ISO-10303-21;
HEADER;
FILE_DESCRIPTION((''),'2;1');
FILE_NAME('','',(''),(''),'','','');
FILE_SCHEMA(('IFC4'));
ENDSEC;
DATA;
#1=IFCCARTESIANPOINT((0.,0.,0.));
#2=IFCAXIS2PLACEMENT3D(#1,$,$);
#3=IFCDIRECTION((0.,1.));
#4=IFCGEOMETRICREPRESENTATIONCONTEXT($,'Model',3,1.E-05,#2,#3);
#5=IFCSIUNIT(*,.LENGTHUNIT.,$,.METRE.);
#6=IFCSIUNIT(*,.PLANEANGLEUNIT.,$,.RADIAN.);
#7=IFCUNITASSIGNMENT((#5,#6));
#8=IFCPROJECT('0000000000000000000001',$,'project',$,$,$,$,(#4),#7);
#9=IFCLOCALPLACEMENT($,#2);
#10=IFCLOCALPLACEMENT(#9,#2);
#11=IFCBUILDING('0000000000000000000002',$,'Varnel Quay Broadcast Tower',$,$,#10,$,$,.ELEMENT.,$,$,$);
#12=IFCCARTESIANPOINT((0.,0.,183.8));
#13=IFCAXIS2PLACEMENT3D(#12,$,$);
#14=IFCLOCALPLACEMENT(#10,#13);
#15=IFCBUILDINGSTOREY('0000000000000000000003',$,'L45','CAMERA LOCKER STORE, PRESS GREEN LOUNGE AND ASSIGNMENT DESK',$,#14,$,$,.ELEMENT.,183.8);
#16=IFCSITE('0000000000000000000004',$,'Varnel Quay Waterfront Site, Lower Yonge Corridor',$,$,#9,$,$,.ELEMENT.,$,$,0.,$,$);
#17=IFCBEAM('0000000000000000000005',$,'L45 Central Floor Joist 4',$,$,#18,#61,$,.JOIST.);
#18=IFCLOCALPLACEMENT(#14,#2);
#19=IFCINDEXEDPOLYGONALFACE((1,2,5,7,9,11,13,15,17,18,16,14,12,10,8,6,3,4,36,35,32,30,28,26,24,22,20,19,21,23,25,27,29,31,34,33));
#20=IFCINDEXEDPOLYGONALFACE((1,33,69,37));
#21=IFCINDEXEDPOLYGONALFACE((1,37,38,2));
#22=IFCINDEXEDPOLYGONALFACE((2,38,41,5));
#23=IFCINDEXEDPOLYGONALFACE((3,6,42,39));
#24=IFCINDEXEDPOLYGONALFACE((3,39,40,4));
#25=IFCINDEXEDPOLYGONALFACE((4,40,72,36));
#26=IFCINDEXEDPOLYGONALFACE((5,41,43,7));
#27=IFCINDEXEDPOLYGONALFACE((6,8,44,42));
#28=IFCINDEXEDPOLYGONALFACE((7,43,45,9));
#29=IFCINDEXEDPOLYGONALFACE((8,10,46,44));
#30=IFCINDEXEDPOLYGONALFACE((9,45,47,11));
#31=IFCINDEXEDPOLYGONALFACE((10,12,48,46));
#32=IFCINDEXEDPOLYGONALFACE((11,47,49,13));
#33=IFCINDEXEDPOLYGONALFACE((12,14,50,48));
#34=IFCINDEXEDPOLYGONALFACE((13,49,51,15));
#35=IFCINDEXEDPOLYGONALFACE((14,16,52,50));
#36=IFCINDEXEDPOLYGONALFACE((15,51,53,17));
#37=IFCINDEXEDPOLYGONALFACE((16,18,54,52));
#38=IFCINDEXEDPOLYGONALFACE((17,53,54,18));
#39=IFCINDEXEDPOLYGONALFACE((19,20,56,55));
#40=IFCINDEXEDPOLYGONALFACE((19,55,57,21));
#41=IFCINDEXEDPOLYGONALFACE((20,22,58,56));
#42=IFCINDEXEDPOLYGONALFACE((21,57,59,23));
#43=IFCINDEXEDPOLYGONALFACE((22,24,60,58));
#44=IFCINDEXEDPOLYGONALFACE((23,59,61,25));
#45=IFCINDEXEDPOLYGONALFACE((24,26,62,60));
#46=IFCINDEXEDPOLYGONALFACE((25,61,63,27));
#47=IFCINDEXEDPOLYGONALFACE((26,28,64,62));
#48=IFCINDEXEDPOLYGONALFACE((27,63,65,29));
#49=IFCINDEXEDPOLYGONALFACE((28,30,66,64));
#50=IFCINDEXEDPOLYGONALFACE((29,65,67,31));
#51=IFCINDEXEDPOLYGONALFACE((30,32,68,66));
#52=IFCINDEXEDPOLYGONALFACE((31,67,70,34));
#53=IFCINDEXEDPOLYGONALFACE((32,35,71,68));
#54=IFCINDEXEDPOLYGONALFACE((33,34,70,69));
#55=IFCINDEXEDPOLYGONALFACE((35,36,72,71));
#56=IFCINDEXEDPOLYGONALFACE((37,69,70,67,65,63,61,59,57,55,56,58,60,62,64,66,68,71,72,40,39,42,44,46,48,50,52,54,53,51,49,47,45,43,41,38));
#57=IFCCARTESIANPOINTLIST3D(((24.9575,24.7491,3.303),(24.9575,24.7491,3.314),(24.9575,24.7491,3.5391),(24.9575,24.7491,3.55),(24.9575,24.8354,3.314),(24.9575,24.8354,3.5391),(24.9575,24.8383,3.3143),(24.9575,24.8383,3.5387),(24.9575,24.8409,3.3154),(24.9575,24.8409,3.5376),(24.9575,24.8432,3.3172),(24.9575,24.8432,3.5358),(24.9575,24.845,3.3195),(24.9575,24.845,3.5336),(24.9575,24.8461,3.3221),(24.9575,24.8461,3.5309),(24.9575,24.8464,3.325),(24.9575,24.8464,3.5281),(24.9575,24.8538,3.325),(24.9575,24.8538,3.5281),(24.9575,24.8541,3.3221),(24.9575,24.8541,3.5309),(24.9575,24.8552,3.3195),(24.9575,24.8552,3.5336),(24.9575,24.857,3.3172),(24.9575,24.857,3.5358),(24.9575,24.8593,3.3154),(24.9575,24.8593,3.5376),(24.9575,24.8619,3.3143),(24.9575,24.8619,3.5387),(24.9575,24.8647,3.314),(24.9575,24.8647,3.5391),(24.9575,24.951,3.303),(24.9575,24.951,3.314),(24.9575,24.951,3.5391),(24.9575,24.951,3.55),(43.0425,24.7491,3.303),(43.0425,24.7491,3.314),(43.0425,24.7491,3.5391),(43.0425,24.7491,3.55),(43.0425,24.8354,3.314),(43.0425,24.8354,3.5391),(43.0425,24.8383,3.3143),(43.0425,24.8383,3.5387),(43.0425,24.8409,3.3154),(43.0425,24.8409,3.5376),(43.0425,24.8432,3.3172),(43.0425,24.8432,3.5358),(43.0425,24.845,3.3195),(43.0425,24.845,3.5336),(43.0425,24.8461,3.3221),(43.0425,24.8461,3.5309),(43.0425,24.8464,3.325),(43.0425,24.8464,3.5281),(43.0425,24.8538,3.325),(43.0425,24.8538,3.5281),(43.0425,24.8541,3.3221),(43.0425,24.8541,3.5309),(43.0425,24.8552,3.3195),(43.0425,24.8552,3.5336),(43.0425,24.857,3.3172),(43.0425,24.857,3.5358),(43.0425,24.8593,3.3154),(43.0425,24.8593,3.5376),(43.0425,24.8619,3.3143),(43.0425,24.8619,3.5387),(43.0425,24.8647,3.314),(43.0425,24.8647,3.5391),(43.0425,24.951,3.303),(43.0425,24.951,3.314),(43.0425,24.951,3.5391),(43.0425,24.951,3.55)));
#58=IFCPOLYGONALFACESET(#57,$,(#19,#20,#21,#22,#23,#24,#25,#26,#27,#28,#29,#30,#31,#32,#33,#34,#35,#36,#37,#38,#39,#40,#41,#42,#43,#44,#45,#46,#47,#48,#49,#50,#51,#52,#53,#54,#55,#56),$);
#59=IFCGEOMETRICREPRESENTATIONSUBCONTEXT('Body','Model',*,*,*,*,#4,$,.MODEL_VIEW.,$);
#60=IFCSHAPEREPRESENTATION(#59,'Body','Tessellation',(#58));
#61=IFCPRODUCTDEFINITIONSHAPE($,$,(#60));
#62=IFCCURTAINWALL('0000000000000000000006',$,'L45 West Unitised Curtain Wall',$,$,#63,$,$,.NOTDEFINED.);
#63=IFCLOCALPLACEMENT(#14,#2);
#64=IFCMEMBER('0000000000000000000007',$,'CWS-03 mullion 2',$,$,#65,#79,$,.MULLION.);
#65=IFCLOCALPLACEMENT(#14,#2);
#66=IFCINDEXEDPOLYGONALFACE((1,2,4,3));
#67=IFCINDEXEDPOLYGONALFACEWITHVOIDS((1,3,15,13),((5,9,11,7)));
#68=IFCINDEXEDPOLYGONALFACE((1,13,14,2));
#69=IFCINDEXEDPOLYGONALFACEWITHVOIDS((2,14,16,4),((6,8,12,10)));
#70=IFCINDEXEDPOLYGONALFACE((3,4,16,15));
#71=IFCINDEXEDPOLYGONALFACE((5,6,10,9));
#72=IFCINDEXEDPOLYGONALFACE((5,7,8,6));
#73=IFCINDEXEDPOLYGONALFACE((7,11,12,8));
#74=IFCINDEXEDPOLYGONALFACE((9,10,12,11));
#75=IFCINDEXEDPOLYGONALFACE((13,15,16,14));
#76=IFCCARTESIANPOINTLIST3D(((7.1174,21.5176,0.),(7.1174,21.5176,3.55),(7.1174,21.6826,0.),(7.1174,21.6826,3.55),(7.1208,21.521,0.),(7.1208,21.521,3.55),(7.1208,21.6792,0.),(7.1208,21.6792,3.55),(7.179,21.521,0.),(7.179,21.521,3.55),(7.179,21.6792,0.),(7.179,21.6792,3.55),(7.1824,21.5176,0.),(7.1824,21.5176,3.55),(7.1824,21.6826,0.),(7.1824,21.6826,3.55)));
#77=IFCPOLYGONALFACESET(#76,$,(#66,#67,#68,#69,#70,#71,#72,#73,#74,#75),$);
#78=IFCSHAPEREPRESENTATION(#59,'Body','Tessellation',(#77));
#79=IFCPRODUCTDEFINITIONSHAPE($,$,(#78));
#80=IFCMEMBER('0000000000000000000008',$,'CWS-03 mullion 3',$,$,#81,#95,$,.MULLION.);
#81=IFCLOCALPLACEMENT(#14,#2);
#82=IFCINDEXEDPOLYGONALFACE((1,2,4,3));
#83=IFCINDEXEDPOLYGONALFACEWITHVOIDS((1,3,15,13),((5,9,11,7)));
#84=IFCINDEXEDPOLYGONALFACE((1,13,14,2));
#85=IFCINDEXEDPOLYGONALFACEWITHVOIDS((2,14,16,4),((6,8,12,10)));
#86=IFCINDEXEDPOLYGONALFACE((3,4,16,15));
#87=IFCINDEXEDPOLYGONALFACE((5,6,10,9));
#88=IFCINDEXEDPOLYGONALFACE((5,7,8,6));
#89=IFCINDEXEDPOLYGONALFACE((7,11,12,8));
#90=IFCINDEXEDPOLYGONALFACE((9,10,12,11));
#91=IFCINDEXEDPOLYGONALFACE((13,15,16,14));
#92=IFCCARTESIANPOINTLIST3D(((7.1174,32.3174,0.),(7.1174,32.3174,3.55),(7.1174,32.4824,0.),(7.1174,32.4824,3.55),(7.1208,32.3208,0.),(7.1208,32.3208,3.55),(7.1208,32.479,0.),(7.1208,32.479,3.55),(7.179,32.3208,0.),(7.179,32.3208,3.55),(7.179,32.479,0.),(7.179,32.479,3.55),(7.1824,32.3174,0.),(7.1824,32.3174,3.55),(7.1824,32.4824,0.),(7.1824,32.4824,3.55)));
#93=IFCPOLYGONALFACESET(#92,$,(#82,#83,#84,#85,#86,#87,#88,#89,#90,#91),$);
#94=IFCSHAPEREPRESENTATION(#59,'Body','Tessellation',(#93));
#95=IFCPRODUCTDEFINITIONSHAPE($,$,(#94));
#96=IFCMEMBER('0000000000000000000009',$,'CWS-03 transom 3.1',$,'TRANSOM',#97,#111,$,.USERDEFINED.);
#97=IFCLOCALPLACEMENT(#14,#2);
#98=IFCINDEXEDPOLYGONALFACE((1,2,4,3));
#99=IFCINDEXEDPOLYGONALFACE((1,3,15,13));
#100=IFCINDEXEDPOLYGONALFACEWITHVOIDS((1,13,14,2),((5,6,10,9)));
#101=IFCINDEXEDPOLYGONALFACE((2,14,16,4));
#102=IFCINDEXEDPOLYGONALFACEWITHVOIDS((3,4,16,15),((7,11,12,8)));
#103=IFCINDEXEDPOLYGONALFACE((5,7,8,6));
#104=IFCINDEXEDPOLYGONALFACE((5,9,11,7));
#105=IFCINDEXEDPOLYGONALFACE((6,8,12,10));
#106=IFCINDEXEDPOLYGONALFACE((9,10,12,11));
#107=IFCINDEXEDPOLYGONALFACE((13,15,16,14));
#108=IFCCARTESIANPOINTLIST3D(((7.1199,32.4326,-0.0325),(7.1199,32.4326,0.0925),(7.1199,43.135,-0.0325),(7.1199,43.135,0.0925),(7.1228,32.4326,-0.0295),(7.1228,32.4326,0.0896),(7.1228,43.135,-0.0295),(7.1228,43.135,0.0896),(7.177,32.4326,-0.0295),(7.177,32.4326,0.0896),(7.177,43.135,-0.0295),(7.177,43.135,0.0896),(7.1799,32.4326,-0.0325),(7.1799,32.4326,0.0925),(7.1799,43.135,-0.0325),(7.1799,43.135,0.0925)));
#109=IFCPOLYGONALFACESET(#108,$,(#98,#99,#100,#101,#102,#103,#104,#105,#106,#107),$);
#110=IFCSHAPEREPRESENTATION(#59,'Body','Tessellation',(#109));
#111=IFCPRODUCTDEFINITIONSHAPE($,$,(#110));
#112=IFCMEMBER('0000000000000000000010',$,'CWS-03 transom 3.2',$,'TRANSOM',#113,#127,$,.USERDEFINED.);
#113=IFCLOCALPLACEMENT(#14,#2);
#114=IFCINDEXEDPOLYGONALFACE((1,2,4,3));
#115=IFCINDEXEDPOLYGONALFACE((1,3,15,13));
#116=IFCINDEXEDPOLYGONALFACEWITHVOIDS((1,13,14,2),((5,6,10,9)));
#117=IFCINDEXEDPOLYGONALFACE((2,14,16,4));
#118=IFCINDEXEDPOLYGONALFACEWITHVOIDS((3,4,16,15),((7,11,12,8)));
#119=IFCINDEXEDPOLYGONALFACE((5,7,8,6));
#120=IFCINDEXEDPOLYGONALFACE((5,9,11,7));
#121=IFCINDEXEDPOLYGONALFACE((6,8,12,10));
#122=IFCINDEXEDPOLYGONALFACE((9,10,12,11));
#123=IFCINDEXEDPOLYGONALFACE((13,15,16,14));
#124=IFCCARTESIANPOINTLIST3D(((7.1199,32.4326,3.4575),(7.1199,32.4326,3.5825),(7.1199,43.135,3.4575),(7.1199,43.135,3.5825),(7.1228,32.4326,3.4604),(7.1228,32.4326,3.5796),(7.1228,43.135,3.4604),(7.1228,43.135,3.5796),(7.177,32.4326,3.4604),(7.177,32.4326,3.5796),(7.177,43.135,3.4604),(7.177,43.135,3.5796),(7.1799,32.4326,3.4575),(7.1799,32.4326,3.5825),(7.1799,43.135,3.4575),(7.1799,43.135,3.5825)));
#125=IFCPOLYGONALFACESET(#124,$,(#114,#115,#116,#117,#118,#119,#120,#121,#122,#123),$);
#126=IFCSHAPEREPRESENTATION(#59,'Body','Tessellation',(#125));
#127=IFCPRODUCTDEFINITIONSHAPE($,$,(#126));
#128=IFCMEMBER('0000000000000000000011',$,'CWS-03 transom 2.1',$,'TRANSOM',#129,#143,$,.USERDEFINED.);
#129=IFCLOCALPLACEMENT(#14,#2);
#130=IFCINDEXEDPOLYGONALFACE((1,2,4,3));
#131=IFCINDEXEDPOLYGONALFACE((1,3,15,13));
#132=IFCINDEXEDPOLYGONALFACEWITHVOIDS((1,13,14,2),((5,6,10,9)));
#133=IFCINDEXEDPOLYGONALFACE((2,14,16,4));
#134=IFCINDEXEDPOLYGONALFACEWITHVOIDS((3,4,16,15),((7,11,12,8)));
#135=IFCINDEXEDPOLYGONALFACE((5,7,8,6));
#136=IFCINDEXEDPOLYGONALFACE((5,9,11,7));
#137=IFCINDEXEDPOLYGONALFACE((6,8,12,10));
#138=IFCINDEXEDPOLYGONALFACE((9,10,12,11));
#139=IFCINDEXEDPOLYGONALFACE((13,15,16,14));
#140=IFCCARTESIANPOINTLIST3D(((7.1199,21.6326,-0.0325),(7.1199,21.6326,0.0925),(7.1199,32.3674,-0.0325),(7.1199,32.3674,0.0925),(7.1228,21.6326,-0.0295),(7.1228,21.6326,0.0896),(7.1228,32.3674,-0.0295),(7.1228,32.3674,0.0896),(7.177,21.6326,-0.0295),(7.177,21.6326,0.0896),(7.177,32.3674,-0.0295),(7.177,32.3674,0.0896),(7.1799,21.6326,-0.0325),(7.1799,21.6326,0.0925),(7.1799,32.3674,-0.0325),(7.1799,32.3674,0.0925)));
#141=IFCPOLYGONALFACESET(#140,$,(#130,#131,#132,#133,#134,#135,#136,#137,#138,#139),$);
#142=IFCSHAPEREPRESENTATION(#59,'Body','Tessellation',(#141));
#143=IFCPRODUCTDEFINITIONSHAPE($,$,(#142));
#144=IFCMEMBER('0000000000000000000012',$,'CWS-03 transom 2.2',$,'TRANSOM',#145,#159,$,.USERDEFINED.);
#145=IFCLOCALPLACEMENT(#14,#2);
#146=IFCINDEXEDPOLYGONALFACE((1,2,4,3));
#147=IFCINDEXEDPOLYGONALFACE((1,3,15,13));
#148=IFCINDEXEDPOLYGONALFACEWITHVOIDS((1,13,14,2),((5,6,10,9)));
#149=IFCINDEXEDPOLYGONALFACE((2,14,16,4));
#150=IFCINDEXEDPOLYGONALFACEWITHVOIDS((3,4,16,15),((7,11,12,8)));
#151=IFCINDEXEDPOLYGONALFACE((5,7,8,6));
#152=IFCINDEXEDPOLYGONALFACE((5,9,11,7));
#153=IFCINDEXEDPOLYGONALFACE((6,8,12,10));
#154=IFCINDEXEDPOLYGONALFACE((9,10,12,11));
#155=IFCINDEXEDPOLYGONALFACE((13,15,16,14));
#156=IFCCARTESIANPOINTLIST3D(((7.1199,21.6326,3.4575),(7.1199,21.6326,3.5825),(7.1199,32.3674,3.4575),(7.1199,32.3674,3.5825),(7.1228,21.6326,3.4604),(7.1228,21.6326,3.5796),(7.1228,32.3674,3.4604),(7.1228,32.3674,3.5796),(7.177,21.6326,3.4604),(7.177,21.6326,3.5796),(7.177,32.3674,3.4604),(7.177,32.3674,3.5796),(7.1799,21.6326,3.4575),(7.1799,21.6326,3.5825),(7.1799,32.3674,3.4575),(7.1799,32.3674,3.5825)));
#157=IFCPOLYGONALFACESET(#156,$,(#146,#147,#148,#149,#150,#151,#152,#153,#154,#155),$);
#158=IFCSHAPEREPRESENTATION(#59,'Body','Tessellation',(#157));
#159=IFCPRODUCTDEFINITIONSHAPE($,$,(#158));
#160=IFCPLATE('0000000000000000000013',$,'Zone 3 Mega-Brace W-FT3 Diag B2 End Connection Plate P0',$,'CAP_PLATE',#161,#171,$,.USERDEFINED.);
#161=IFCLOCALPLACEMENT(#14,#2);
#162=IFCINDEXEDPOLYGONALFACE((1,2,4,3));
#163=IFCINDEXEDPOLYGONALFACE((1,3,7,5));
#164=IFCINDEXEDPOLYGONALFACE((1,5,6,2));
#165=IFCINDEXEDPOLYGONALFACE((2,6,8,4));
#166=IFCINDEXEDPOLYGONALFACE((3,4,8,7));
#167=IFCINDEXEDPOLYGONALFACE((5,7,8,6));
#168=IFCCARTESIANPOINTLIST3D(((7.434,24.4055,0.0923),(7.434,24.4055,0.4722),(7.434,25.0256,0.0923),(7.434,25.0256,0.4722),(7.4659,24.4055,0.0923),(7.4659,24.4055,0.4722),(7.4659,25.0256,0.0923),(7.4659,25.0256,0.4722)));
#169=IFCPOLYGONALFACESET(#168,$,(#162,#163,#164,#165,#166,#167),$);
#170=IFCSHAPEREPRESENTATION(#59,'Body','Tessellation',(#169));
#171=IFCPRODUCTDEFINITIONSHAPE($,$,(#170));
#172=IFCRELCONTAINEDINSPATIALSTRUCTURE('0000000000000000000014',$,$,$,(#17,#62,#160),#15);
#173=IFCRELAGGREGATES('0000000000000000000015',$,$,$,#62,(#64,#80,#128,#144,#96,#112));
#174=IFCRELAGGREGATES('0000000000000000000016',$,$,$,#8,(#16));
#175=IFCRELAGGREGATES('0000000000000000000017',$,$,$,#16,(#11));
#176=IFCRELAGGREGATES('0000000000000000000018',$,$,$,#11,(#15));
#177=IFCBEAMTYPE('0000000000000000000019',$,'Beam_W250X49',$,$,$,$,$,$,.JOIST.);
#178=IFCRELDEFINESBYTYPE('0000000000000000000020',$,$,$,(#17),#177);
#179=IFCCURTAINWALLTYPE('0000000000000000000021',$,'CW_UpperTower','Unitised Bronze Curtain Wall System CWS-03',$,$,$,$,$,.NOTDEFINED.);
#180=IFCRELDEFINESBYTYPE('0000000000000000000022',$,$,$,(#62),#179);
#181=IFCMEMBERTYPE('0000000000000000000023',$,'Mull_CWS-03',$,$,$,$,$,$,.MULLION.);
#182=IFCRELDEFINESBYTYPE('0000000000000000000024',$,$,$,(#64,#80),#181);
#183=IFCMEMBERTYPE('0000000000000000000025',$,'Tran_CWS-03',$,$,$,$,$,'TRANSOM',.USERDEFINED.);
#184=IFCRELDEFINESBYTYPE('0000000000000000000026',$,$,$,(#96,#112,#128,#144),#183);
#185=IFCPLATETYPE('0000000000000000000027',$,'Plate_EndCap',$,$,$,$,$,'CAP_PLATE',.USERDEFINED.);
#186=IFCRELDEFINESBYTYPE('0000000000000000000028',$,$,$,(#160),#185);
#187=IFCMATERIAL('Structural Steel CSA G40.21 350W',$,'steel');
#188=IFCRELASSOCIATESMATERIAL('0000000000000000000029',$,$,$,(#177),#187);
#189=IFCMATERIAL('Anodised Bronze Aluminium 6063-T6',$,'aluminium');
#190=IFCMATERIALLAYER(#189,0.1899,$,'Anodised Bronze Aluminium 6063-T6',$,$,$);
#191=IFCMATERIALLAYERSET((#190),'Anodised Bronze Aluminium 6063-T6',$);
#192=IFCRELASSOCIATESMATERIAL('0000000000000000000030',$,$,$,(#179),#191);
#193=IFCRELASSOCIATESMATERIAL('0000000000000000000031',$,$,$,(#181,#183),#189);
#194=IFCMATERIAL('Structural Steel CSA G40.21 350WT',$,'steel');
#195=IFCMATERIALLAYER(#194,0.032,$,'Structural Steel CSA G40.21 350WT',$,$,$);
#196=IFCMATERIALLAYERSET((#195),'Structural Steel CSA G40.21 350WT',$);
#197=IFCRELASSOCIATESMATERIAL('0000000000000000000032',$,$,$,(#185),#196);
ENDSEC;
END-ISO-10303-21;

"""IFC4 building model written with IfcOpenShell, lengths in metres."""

from ifc_helpers import new_model, si_unit, direction, frame, origin, origin_2d, place, context, subcontext, project, spatial, rectangle, hollow_rectangle, i_section, extrude, source, transform, mapped, material, layer, layer_set, material_profile, profile_set, type_object, type_shapes, element, aggregate, save


model = new_model("IFC4")

# Units and contexts
model_context = context("Model", 3, precision=1e-05, world=origin(), true_north=direction((0.0, 1.0)))
body_context = subcontext(model_context, "Body", "Model", "MODEL_VIEW")
ifc_project = project(units=[si_unit("LENGTHUNIT", "METRE"), si_unit("PLANEANGLEUNIT", "RADIAN")], contexts=[model_context])

# Site, building, storey
site_placement = place(None, origin())
site = spatial("IfcSite", under=ifc_project, at=site_placement, Name="Varnel Quay Waterfront Site, Lower Yonge Corridor", CompositionType="ELEMENT", RefElevation=0.0)
building_placement = place(site_placement, origin())
building = spatial("IfcBuilding", under=site, at=building_placement, Name="Varnel Quay Broadcast Tower", CompositionType="ELEMENT")
storey_placement = place(building_placement, frame((0.0, 0.0, 183.8)))
storey = spatial("IfcBuildingStorey", under=building, at=storey_placement, Name="L45", Description="CAMERA LOCKER STORE, PRESS GREEN LOUNGE AND ASSIGNMENT DESK", CompositionType="ELEMENT", Elevation=183.8)

# Shared definitions
ifc_material_1 = material(Name="Structural Steel CSA G40.21 350WT", Category="steel")
ifc_material_2 = material(Name="Structural Steel CSA G40.21 350W", Category="steel")

# Beam
ifc_material_profile_1 = material_profile(ifc_material_2, i_section(OverallWidth=0.2019, OverallDepth=0.2471, WebThickness=0.0073, FlangeThickness=0.011, FilletRadius=0.011, at=origin_2d()), Name="W250X49")
ifc_profile_set_1 = profile_set([ifc_material_profile_1], Name="Structural Steel CSA G40.21 350W")
beam_type_1 = type_object("IfcBeamType", Name="Beam_W250X49", PredefinedType="JOIST", material=ifc_profile_set_1)
shared_shape_1 = source(origin(), body_context, "Body", "SweptSolid", [
    extrude(i_section(OverallWidth=0.2019, OverallDepth=0.2471, WebThickness=0.0073, FlangeThickness=0.011, FilletRadius=0.011, at=origin_2d()), origin(), (0.0, 0.0, 1.0), 18.085),
])
for number, where, z_axis, x_axis, name in (
    (1, (24.9575, 24.8501, 3.4265), (1.0, 0.0, 0.0), (0.0, 1.0, 0.0), "L45 Central Floor Joist 4"),
):
    element("IfcBeam", number, at=place(storey_placement, frame(where, z_axis=z_axis, x_axis=x_axis)), inside=storey, type_object=beam_type_1, Name=name, PredefinedType="JOIST", context=body_context, shape_type="MappedRepresentation", body=[
        mapped(shared_shape_1, transform((0.0, 0.0, 0.0), x_axis=(1.0, 0.0, 0.0), y_axis=(0.0, 1.0, 0.0), z_axis=(0.0, 0.0, 1.0), scale=1.0)),
    ])

# Curtain wall, members
ifc_material_3 = material(Name="Anodised Bronze Aluminium 6063-T6", Category="aluminium")
ifc_layer_1 = layer(ifc_material_3, 0.1899, Name="Anodised Bronze Aluminium 6063-T6")
ifc_layer_set_1 = layer_set([ifc_layer_1], Name="Anodised Bronze Aluminium 6063-T6")
curtain_wall_type = type_object("IfcCurtainWallType", Name="CW_UpperTower", Description="Unitised Bronze Curtain Wall System CWS-03", PredefinedType="NOTDEFINED", material=ifc_layer_set_1)
curtain_wall_placement = place(storey_placement, origin())
curtain_wall = element("IfcCurtainWall", 2, at=curtain_wall_placement, inside=storey, type_object=curtain_wall_type, Name="L45 West Unitised Curtain Wall", PredefinedType="NOTDEFINED")
ifc_material_profile_2 = material_profile(ifc_material_3, hollow_rectangle(XDim=0.0649, YDim=0.165, WallThickness=0.0034, at=origin_2d()), Name="ALU65X165X3.5")
ifc_profile_set_2 = profile_set([ifc_material_profile_2], Name="Anodised Bronze Aluminium 6063-T6")
member_type_1 = type_object("IfcMemberType", Name="Mull_CWS-03", PredefinedType="MULLION", material=ifc_profile_set_2)
shared_shape_2 = source(origin(), body_context, "Body", "SweptSolid", [
    extrude(hollow_rectangle(XDim=0.0649, YDim=0.165, WallThickness=0.0034, at=origin_2d()), origin(), (0.0, 0.0, 1.0), 3.55),
])
type_shapes(member_type_1, [shared_shape_2])
member_1_placement = place(storey_placement, frame((7.1499, 21.6001, 0.0), z_axis=(0.0, 0.0, 1.0), x_axis=(-1.0, 0.0, 0.0)))
member_1 = element("IfcMember", 3, at=member_1_placement, type_object=member_type_1, Name="CWS-03 mullion 2", PredefinedType="MULLION", context=body_context, shape_type="MappedRepresentation", body=[
    mapped(shared_shape_2, transform((0.0, 0.0, 0.0), x_axis=(1.0, 0.0, 0.0), y_axis=(0.0, 1.0, 0.0), z_axis=(0.0, 0.0, 1.0), scale=1.0)),
])
member_2_placement = place(storey_placement, frame((7.1499, 32.3999, 0.0), z_axis=(0.0, 0.0, 1.0), x_axis=(-1.0, 0.0, 0.0)))
member_2 = element("IfcMember", 4, at=member_2_placement, type_object=member_type_1, Name="CWS-03 mullion 3", PredefinedType="MULLION", context=body_context, shape_type="MappedRepresentation", body=[
    mapped(shared_shape_2, transform((0.0, 0.0, 0.0), x_axis=(1.0, 0.0, 0.0), y_axis=(0.0, 1.0, 0.0), z_axis=(0.0, 0.0, 1.0), scale=1.0)),
])
ifc_material_profile_3 = material_profile(ifc_material_3, hollow_rectangle(XDim=0.0601, YDim=0.125, WallThickness=0.0029, at=origin_2d()), Name="ALU60X125X3")
ifc_profile_set_3 = profile_set([ifc_material_profile_3], Name="Anodised Bronze Aluminium 6063-T6")
member_type_2 = type_object("IfcMemberType", Name="Tran_CWS-03", ElementType="TRANSOM", PredefinedType="USERDEFINED", material=ifc_profile_set_3)
shared_shape_3 = source(origin(), body_context, "Body", "SweptSolid", [
    extrude(hollow_rectangle(XDim=0.0601, YDim=0.125, WallThickness=0.0029, at=origin_2d()), origin(), (0.0, 0.0, 1.0), 10.7024),
])
member_3_placement = place(storey_placement, frame((7.1499, 32.4326, 0.03), z_axis=(0.0, 1.0, 0.0), x_axis=(-1.0, 0.0, 0.0)))
member_3 = element("IfcMember", 5, at=member_3_placement, type_object=member_type_2, Name="CWS-03 transom 3.1", ObjectType="TRANSOM", PredefinedType="USERDEFINED", context=body_context, shape_type="MappedRepresentation", body=[
    mapped(shared_shape_3, transform((0.0, 0.0, 0.0), x_axis=(1.0, 0.0, 0.0), y_axis=(0.0, 1.0, 0.0), z_axis=(0.0, 0.0, 1.0), scale=1.0)),
])
member_4_placement = place(storey_placement, frame((7.1499, 32.4326, 3.52), z_axis=(0.0, 1.0, 0.0), x_axis=(-1.0, 0.0, 0.0)))
member_4 = element("IfcMember", 6, at=member_4_placement, type_object=member_type_2, Name="CWS-03 transom 3.2", ObjectType="TRANSOM", PredefinedType="USERDEFINED", context=body_context, shape_type="MappedRepresentation", body=[
    mapped(shared_shape_3, transform((0.0, 0.0, 0.0), x_axis=(1.0, 0.0, 0.0), y_axis=(0.0, 1.0, 0.0), z_axis=(0.0, 0.0, 1.0), scale=1.0)),
])
shared_shape_4 = source(origin(), body_context, "Body", "SweptSolid", [
    extrude(hollow_rectangle(XDim=0.0601, YDim=0.125, WallThickness=0.0029, at=origin_2d()), origin(), (0.0, 0.0, 1.0), 10.7349),
])
type_shapes(member_type_2, [shared_shape_3, shared_shape_4])
member_5_placement = place(storey_placement, frame((7.1499, 21.6326, 0.03), z_axis=(0.0, 1.0, 0.0), x_axis=(-1.0, 0.0, 0.0)))
member_5 = element("IfcMember", 7, at=member_5_placement, type_object=member_type_2, Name="CWS-03 transom 2.1", ObjectType="TRANSOM", PredefinedType="USERDEFINED", context=body_context, shape_type="MappedRepresentation", body=[
    mapped(shared_shape_4, transform((0.0, 0.0, 0.0), x_axis=(1.0, 0.0, 0.0), y_axis=(0.0, 1.0, 0.0), z_axis=(0.0, 0.0, 1.0), scale=1.0)),
])
member_6_placement = place(storey_placement, frame((7.1499, 21.6326, 3.52), z_axis=(0.0, 1.0, 0.0), x_axis=(-1.0, 0.0, 0.0)))
member_6 = element("IfcMember", 8, at=member_6_placement, type_object=member_type_2, Name="CWS-03 transom 2.2", ObjectType="TRANSOM", PredefinedType="USERDEFINED", context=body_context, shape_type="MappedRepresentation", body=[
    mapped(shared_shape_4, transform((0.0, 0.0, 0.0), x_axis=(1.0, 0.0, 0.0), y_axis=(0.0, 1.0, 0.0), z_axis=(0.0, 0.0, 1.0), scale=1.0)),
])

# Plate
ifc_layer_2 = layer(ifc_material_1, 0.032, Name="Structural Steel CSA G40.21 350WT")
ifc_layer_set_2 = layer_set([ifc_layer_2], Name="Structural Steel CSA G40.21 350WT")
plate_type_1 = type_object("IfcPlateType", Name="Plate_EndCap", ElementType="CAP_PLATE", PredefinedType="USERDEFINED", material=ifc_layer_set_2)
shared_shape_5 = source(origin(), body_context, "Body", "SweptSolid", [
    extrude(rectangle(XDim=0.6201, YDim=0.032, at=origin_2d()), origin(), (0.0, 0.0, 1.0), 0.3799),
])
type_shapes(plate_type_1, [shared_shape_5])
plate_1_placement = place(storey_placement, frame((7.45, 24.7156, 0.0923), z_axis=(0.0, 0.0, 1.0), x_axis=(0.0, 1.0, 0.0)))
element("IfcPlate", 9, at=plate_1_placement, inside=storey, type_object=plate_type_1, Name="Zone 3 Mega-Brace W-FT3 Diag B2 End Connection Plate P0", ObjectType="CAP_PLATE", PredefinedType="USERDEFINED", context=body_context, shape_type="MappedRepresentation", body=[
    mapped(shared_shape_5, transform((0.0, 0.0, 0.0), x_axis=(1.0, 0.0, 0.0), y_axis=(0.0, 1.0, 0.0), z_axis=(0.0, 0.0, 1.0), scale=1.0)),
])
aggregate(curtain_wall, [member_1, member_2, member_5, member_6, member_3, member_4])

save(model, "model.ifc")
